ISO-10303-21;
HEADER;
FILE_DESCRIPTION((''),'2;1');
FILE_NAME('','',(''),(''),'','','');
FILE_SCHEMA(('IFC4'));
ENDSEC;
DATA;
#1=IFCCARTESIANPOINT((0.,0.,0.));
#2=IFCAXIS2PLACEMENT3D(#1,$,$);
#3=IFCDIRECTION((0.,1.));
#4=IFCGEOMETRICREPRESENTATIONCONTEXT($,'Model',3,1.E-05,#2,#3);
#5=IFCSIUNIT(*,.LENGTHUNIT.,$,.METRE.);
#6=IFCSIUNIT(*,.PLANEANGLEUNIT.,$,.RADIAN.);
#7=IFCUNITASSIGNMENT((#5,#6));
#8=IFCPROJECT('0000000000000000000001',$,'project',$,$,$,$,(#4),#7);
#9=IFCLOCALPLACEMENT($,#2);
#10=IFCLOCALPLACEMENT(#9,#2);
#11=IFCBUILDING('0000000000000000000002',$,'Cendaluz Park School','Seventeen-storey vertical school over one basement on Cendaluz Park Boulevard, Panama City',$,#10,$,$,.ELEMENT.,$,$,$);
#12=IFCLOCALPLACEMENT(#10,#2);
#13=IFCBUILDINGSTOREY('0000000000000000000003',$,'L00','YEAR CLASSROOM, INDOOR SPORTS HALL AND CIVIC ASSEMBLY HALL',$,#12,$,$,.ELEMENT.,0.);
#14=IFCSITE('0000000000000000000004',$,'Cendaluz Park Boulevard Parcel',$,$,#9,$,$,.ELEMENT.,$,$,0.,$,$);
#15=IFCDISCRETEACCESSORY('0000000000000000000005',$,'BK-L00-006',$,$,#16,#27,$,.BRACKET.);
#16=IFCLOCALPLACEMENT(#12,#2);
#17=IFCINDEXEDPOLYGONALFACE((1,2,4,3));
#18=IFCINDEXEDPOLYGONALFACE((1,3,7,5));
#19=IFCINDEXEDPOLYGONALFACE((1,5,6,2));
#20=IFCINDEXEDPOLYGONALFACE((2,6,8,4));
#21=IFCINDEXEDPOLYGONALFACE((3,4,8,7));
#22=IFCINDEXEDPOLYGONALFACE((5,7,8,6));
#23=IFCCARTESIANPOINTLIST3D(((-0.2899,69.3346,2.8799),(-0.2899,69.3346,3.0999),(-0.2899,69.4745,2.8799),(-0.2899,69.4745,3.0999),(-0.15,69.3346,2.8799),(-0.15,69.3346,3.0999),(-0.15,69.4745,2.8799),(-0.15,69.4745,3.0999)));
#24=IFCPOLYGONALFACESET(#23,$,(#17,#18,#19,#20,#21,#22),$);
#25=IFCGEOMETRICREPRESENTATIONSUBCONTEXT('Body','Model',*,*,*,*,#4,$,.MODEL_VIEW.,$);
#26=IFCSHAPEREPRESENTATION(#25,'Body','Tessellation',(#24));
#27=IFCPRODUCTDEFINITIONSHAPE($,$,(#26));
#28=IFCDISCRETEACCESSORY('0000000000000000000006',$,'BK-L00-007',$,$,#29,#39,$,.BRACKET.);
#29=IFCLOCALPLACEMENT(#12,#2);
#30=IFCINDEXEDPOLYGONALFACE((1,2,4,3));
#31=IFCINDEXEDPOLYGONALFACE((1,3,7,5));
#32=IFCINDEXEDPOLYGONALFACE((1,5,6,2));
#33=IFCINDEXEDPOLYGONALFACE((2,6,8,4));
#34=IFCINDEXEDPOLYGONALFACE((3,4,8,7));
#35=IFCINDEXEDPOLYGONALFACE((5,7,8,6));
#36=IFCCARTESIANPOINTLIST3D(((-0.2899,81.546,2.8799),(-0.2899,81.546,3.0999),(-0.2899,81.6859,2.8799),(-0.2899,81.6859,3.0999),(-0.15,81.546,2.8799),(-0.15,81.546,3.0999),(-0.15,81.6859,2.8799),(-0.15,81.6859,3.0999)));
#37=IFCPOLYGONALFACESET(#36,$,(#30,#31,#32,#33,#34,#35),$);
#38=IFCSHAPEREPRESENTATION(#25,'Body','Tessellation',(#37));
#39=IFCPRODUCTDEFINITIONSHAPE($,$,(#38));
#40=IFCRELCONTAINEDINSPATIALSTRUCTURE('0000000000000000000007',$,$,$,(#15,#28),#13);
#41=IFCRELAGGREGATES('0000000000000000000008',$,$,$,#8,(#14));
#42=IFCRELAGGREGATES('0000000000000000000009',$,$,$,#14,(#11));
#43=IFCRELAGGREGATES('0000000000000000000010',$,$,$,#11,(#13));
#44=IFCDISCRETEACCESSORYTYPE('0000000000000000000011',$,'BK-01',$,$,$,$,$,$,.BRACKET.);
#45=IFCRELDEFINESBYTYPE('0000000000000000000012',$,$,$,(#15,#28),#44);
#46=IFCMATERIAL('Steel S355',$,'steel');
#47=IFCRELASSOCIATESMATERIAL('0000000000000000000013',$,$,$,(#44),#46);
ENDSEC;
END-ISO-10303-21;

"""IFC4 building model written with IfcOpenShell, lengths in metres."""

from ifc_helpers import new_model, si_unit, direction, frame, origin, origin_2d, place, context, subcontext, project, spatial, rectangle, extrude, material, type_object, element, save


model = new_model("IFC4")

# Units and contexts
model_context = context("Model", 3, precision=1e-05, world=origin(), true_north=direction((0.0, 1.0)))
body_context = subcontext(model_context, "Body", "Model", "MODEL_VIEW")
ifc_project = project(units=[si_unit("LENGTHUNIT", "METRE"), si_unit("PLANEANGLEUNIT", "RADIAN")], contexts=[model_context])

# Site, building, storey
site_placement = place(None, origin())
site = spatial("IfcSite", under=ifc_project, at=site_placement, Name="Cendaluz Park Boulevard Parcel", CompositionType="ELEMENT", RefElevation=0.0)
building_placement = place(site_placement, origin())
building = spatial("IfcBuilding", under=site, at=building_placement, Name="Cendaluz Park School", Description="Seventeen-storey vertical school over one basement on Cendaluz Park Boulevard, Panama City", CompositionType="ELEMENT")
storey_placement = place(building_placement, origin())
storey = spatial("IfcBuildingStorey", under=building, at=storey_placement, Name="L00", Description="YEAR CLASSROOM, INDOOR SPORTS HALL AND CIVIC ASSEMBLY HALL", CompositionType="ELEMENT", Elevation=0.0)

# Discrete accessories
ifc_material_1 = material(Name="Steel S355", Category="steel")
discrete_accessory_type = type_object("IfcDiscreteAccessoryType", Name="BK-01", PredefinedType="BRACKET", material=ifc_material_1)
for number, where, z_axis, x_axis, name in (
    (1, (-0.22, 69.4045, 2.8799), (0.0, 0.0, 1.0), (0.0, 1.0, 0.0), "BK-L00-006"),
    (2, (-0.22, 81.616, 2.8799), (0.0, 0.0, 1.0), (0.0, 1.0, 0.0), "BK-L00-007"),
):
    element("IfcDiscreteAccessory", number, at=place(storey_placement, frame(where, z_axis=z_axis, x_axis=x_axis)), inside=storey, type_object=discrete_accessory_type, Name=name, PredefinedType="BRACKET", context=body_context, shape_type="SweptSolid", body=[
        extrude(rectangle(XDim=0.1399, YDim=0.1399, at=origin_2d()), origin(), (0.0, 0.0, 1.0), 0.22),
    ])

save(model, "model.ifc")
